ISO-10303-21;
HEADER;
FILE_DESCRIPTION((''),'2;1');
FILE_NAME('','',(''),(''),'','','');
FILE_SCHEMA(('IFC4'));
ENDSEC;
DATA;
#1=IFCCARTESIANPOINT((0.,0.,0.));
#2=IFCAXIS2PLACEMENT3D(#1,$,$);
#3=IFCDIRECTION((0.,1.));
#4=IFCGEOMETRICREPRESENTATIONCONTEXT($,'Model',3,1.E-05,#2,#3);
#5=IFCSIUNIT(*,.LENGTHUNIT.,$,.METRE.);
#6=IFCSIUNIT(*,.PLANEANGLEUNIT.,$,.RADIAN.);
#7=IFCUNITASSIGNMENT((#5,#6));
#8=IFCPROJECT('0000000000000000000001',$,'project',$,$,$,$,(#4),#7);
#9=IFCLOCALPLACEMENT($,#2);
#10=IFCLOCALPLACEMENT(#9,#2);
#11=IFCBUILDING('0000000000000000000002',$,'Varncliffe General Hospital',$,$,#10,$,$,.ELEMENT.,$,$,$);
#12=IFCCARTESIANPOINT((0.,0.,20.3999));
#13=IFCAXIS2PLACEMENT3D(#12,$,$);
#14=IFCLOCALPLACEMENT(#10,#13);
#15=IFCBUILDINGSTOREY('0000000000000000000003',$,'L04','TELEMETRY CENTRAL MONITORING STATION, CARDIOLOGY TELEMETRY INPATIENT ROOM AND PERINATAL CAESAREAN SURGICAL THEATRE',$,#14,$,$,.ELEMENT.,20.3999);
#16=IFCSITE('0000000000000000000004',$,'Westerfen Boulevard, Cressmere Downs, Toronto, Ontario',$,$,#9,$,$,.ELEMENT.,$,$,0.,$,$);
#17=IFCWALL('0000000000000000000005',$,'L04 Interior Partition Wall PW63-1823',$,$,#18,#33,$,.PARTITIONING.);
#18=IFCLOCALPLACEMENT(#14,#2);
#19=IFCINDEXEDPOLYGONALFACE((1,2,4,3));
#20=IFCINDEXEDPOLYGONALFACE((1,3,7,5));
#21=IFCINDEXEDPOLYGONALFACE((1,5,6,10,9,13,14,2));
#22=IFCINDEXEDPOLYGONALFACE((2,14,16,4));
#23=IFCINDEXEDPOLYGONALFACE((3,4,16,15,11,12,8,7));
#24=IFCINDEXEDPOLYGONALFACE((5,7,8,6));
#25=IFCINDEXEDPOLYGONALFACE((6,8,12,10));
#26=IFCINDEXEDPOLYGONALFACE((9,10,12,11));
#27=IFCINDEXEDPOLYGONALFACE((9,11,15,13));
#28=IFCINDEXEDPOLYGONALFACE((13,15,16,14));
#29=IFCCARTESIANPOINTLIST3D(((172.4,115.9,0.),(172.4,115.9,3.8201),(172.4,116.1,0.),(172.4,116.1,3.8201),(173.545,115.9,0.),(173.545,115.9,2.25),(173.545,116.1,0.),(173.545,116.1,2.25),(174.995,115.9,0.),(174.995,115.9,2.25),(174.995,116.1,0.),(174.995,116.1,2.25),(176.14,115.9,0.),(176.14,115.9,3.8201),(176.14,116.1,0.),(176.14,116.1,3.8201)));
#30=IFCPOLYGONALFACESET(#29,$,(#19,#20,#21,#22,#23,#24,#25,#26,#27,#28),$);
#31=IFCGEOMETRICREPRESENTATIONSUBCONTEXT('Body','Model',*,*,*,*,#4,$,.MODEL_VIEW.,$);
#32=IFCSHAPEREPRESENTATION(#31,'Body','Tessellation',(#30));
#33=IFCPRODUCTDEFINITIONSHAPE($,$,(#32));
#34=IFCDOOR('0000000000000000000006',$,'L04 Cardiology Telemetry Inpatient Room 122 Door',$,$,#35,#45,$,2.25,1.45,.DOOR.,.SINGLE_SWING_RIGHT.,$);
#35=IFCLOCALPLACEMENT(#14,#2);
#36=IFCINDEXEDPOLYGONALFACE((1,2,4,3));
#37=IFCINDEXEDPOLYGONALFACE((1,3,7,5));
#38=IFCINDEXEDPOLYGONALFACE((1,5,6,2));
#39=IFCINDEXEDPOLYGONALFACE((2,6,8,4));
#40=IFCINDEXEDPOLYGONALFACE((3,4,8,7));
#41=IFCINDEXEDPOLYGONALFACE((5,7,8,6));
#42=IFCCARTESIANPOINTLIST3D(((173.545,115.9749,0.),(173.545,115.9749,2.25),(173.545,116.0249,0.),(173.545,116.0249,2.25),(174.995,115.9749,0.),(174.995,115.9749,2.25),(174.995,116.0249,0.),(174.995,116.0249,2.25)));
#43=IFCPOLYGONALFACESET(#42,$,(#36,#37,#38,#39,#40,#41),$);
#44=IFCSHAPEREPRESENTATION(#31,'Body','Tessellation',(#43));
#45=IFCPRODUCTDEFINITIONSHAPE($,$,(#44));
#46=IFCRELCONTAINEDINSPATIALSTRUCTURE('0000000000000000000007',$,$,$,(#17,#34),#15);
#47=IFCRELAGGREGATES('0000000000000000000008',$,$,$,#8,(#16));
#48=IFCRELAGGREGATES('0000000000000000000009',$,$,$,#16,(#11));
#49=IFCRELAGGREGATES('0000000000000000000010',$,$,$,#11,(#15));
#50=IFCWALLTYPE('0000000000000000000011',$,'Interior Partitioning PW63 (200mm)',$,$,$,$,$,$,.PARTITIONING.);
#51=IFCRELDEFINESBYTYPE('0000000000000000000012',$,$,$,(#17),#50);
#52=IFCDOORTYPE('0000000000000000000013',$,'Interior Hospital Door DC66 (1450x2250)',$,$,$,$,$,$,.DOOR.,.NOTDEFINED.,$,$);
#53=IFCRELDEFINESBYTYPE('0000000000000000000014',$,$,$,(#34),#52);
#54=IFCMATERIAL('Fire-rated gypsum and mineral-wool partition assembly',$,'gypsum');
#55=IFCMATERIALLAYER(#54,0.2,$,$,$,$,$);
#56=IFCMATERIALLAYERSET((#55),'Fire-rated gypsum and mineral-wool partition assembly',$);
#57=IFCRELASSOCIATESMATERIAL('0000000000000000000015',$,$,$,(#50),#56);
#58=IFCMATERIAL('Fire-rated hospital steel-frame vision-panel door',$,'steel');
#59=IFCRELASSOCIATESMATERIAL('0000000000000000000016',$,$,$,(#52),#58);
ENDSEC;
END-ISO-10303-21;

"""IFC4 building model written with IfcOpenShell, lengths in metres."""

from ifc_helpers import new_model, si_unit, direction, frame, frame_2d, origin, place, context, subcontext, project, spatial, rectangle, extrude, material, layer, layer_set, type_object, element, fill, save


model = new_model("IFC4")

# Units and contexts
model_context = context("Model", 3, precision=1e-05, world=origin(), true_north=direction((0.0, 1.0)))
body_context = subcontext(model_context, "Body", "Model", "MODEL_VIEW")
ifc_project = project(units=[si_unit("LENGTHUNIT", "METRE"), si_unit("PLANEANGLEUNIT", "RADIAN")], contexts=[model_context])

# Site, building, storey
site_placement = place(None, origin())
site = spatial("IfcSite", under=ifc_project, at=site_placement, Name="Westerfen Boulevard, Cressmere Downs, Toronto, Ontario", CompositionType="ELEMENT", RefElevation=0.0)
building_placement = place(site_placement, origin())
building = spatial("IfcBuilding", under=site, at=building_placement, Name="Varncliffe General Hospital", CompositionType="ELEMENT")
storey_placement = place(building_placement, frame((0.0, 0.0, 20.3999)))
storey = spatial("IfcBuildingStorey", under=building, at=storey_placement, Name="L04", Description="TELEMETRY CENTRAL MONITORING STATION, CARDIOLOGY TELEMETRY INPATIENT ROOM AND PERINATAL CAESAREAN SURGICAL THEATRE", CompositionType="ELEMENT", Elevation=20.3999)

# Shared definitions
ifc_material_1 = material(Name="Fire-rated gypsum and mineral-wool partition assembly", Category="gypsum")
ifc_material_2 = material(Name="Fire-rated hospital steel-frame vision-panel door", Category="steel")

# Wall, opening, door
ifc_layer_1 = layer(ifc_material_1, 0.2)
ifc_layer_set_1 = layer_set([ifc_layer_1], Name="Fire-rated gypsum and mineral-wool partition assembly")
wall_type_1 = type_object("IfcWallType", Name="Interior Partitioning PW63 (200mm)", PredefinedType="PARTITIONING", material=ifc_layer_set_1)
wall_1_placement = place(storey_placement, frame((172.3999, 116.0, 0.0), z_axis=(0.0, 0.0, 1.0), x_axis=(1.0, 0.0, 0.0)))
wall_1 = element("IfcWall", 1, at=wall_1_placement, inside=storey, type_object=wall_type_1, Name="L04 Interior Partition Wall PW63-1823", PredefinedType="PARTITIONING", context=body_context, shape_type="SweptSolid", body=[
    extrude(rectangle(XDim=3.74, YDim=0.2, at=frame_2d((1.8701, 0.0))), origin(), (0.0, 0.0, 1.0), 3.8201),
])
opening_1_placement = place(wall_1_placement, frame((1.145, 0.0, 0.0)))
opening_1 = element("IfcOpeningElement", 2, at=opening_1_placement, cuts=wall_1, PredefinedType="OPENING", context=body_context, shape_type="SweptSolid", body=[
    extrude(rectangle(XDim=1.45, YDim=2.25, at=frame_2d((0.7251, 1.125))), frame((0.0, 0.1099, 0.0), z_axis=(0.0, -1.0, 0.0), x_axis=(1.0, 0.0, 0.0)), (0.0, 0.0, 1.0), 0.22),
])
door_type_1 = type_object("IfcDoorType", Name="Interior Hospital Door DC66 (1450x2250)", OperationType="NOTDEFINED", PredefinedType="DOOR", material=ifc_material_2)
door_1_placement = place(opening_1_placement, origin())
door_1 = element("IfcDoor", 3, at=door_1_placement, inside=storey, type_object=door_type_1, Name="L04 Cardiology Telemetry Inpatient Room 122 Door", OperationType="SINGLE_SWING_RIGHT", OverallHeight=2.25, OverallWidth=1.45, PredefinedType="DOOR", context=body_context, shape_type="SweptSolid", body=[
    extrude(rectangle(XDim=1.45, YDim=2.25, at=frame_2d((0.7251, 1.125))), frame((0.0, 0.0249, 0.0), z_axis=(0.0, -1.0, 0.0), x_axis=(1.0, 0.0, 0.0)), (0.0, 0.0, 1.0), 0.05),
])
fill(opening_1, door_1)

save(model, "model.ifc")
